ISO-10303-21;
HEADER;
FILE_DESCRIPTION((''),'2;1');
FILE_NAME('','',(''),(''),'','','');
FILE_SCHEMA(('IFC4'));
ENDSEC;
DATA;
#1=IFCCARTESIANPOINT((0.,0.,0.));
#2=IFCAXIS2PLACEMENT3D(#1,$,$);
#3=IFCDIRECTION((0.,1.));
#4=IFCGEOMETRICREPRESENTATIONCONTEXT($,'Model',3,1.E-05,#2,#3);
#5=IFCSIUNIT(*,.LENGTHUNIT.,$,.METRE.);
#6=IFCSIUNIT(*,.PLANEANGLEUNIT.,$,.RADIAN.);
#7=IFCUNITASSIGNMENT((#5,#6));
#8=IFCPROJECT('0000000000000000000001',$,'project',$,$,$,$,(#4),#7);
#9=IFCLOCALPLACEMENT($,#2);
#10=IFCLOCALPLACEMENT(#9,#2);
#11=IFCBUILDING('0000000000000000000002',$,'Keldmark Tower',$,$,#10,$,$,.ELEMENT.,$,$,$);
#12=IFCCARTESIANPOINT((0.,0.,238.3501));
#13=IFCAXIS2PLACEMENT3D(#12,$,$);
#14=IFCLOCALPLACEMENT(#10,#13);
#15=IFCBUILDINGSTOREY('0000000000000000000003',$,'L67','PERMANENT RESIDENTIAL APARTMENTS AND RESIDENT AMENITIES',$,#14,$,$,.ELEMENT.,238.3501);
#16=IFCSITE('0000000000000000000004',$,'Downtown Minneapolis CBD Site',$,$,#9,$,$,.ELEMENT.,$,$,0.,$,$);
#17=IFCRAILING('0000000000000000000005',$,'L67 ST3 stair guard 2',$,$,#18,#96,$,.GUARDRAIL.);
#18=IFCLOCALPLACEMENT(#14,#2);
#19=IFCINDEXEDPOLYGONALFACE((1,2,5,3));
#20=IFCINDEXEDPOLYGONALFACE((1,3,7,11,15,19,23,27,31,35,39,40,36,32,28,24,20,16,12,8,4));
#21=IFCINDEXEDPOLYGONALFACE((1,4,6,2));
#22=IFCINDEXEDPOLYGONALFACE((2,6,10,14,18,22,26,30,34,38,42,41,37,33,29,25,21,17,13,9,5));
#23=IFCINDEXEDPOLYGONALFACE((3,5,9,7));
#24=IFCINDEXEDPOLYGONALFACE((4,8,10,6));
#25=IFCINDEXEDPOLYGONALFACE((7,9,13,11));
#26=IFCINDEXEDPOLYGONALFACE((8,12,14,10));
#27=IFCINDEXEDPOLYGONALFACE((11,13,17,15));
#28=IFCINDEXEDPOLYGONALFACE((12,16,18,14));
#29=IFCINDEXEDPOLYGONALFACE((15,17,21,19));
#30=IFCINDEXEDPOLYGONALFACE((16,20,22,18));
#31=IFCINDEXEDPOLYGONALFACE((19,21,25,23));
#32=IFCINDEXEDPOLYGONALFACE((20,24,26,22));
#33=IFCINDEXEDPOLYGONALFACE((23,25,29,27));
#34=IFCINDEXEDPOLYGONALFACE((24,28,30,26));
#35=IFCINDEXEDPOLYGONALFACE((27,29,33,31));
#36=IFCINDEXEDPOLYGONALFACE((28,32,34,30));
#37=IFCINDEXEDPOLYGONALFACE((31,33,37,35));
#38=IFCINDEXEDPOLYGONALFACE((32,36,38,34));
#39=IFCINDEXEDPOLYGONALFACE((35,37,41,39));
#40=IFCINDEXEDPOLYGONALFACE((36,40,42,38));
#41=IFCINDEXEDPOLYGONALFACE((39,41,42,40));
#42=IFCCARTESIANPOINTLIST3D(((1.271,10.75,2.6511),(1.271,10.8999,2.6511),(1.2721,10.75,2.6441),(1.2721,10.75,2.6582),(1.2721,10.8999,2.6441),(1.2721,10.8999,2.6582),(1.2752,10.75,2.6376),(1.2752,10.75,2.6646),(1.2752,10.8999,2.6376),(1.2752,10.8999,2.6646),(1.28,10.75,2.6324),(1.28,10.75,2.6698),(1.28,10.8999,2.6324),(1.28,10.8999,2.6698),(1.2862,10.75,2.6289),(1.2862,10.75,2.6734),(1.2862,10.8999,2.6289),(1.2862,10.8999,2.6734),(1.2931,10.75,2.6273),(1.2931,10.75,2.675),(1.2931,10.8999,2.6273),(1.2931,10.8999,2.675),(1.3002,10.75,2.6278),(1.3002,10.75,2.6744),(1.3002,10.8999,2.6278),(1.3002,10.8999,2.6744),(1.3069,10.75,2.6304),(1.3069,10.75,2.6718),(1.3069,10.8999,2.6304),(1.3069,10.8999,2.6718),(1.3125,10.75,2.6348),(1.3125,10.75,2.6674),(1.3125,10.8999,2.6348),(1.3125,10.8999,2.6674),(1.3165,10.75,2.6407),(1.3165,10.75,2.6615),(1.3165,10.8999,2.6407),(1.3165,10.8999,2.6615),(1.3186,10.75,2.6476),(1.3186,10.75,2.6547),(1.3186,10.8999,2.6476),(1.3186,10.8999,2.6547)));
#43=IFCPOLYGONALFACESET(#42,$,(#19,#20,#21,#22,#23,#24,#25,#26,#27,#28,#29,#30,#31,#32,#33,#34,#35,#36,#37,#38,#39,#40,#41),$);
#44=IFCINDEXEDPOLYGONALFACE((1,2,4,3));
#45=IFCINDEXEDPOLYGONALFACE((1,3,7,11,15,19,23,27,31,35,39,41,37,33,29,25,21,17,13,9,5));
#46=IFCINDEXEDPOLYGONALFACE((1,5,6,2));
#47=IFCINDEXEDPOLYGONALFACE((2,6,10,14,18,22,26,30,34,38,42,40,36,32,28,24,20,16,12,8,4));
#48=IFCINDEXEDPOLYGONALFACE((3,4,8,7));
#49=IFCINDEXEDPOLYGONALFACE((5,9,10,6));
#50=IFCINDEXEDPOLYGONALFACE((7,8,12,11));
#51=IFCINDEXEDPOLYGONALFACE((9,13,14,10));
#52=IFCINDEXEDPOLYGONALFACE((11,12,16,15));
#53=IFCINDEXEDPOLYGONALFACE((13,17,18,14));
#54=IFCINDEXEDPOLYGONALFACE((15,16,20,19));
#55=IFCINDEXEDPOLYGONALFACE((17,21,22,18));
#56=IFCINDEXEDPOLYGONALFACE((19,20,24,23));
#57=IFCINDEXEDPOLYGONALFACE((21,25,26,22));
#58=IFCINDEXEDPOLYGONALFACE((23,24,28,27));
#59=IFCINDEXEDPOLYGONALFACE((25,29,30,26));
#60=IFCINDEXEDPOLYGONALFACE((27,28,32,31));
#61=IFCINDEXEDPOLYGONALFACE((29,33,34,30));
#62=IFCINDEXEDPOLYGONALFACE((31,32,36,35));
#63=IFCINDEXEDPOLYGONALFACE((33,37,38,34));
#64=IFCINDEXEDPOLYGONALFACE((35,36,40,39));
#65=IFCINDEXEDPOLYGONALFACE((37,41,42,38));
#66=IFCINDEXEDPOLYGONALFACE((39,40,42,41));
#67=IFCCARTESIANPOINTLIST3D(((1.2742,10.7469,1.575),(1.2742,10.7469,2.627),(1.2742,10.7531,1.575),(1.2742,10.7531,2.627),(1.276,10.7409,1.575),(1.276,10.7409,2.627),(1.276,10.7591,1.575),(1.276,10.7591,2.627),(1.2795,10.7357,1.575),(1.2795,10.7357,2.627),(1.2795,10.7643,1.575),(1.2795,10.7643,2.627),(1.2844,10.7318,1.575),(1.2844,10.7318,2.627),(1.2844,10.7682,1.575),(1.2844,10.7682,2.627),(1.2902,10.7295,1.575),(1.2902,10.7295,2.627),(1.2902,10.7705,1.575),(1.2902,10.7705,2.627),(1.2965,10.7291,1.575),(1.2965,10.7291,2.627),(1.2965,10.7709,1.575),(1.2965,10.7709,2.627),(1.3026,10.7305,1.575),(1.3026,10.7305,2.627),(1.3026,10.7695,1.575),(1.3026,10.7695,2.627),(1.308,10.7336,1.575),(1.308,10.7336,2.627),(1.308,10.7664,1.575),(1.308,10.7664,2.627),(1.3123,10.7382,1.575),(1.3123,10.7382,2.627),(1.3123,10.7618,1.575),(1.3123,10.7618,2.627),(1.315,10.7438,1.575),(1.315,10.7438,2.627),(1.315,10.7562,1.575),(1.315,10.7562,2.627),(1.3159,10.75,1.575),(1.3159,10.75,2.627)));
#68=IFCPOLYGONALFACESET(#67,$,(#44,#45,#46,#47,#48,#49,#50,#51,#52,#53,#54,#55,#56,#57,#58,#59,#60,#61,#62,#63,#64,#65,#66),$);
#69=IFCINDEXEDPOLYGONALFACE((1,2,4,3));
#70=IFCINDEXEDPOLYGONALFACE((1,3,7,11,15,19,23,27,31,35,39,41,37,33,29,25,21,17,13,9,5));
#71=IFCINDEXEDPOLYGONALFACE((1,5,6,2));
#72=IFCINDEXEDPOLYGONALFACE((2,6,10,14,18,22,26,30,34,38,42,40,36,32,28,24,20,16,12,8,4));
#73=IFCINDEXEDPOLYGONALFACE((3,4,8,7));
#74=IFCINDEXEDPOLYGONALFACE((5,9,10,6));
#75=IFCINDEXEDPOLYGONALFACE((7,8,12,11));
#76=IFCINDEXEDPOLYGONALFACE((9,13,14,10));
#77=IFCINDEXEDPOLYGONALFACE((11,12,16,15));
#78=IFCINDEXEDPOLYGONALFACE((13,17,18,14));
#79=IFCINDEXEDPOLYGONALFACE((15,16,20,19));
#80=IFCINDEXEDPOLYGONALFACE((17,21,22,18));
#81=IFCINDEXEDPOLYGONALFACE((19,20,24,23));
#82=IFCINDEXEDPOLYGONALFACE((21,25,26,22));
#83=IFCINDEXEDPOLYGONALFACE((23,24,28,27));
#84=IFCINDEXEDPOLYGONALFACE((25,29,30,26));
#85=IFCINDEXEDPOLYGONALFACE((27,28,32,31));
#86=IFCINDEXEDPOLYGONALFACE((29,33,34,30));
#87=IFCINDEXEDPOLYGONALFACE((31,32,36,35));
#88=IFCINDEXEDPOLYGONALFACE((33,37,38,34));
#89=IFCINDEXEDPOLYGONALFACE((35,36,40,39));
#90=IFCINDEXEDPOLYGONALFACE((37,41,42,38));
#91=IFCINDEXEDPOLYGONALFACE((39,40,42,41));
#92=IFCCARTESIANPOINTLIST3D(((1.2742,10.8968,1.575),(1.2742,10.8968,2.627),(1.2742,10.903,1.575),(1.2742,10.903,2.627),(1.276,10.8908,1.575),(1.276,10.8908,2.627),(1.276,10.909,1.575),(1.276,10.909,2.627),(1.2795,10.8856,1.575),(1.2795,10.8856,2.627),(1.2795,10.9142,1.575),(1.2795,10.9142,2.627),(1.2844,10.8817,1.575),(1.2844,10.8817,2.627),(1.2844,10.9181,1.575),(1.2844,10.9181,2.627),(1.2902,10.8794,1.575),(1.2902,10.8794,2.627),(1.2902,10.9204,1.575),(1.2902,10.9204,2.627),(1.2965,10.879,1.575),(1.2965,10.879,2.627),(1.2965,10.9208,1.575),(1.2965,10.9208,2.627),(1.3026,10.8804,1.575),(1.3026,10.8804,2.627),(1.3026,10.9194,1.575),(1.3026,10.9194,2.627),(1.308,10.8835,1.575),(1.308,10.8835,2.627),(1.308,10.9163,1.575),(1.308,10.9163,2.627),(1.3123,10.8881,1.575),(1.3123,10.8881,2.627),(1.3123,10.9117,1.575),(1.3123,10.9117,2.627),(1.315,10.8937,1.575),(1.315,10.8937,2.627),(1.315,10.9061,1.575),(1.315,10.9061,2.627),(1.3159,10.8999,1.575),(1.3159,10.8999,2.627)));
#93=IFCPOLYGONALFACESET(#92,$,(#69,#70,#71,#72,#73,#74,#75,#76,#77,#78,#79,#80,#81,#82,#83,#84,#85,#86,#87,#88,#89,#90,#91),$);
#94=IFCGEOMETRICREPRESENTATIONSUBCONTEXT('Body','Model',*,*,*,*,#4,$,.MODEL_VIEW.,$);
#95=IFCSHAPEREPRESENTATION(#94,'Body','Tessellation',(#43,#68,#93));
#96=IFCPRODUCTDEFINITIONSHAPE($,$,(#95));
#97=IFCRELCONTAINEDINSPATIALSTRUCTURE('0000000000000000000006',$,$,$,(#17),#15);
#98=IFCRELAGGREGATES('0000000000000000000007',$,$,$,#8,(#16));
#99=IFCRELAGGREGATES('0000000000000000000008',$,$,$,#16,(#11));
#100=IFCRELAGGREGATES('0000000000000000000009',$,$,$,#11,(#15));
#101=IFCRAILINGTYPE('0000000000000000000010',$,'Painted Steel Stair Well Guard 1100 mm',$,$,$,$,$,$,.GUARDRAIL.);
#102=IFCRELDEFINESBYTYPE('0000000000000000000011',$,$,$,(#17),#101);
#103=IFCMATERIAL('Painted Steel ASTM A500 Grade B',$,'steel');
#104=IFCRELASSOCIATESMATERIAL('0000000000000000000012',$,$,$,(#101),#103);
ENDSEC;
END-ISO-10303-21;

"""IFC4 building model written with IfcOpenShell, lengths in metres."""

from ifc_helpers import new_model, si_unit, direction, frame, origin, origin_2d, place, context, subcontext, project, spatial, circle, extrude, material, type_object, element, save


model = new_model("IFC4")

# Units and contexts
model_context = context("Model", 3, precision=1e-05, world=origin(), true_north=direction((0.0, 1.0)))
body_context = subcontext(model_context, "Body", "Model", "MODEL_VIEW")
ifc_project = project(units=[si_unit("LENGTHUNIT", "METRE"), si_unit("PLANEANGLEUNIT", "RADIAN")], contexts=[model_context])

# Site, building, storey
site_placement = place(None, origin())
site = spatial("IfcSite", under=ifc_project, at=site_placement, Name="Downtown Minneapolis CBD Site", CompositionType="ELEMENT", RefElevation=0.0)
building_placement = place(site_placement, origin())
building = spatial("IfcBuilding", under=site, at=building_placement, Name="Keldmark Tower", CompositionType="ELEMENT")
storey_placement = place(building_placement, frame((0.0, 0.0, 238.3501)))
storey = spatial("IfcBuildingStorey", under=building, at=storey_placement, Name="L67", Description="PERMANENT RESIDENTIAL APARTMENTS AND RESIDENT AMENITIES", CompositionType="ELEMENT", Elevation=238.3501)

# Railing
ifc_material_1 = material(Name="Painted Steel ASTM A500 Grade B", Category="steel")
railing_type_1 = type_object("IfcRailingType", Name="Painted Steel Stair Well Guard 1100 mm", PredefinedType="GUARDRAIL", material=ifc_material_1)
railing_1_placement = place(storey_placement, frame((1.2949, 10.75, 1.575)))
element("IfcRailing", 1, at=railing_1_placement, inside=storey, type_object=railing_type_1, Name="L67 ST3 stair guard 2", PredefinedType="GUARDRAIL", context=body_context, shape_type="SweptSolid", body=[
    extrude(circle(Radius=0.0239, at=origin_2d()), frame((0.0, 0.0, 1.0762), z_axis=(0.0, 1.0, 0.0), x_axis=(-1.0, 0.0, 0.0)), (0.0, 0.0, 1.0), 0.1499),
    extrude(circle(Radius=0.021, at=origin_2d()), origin(), (0.0, 0.0, 1.0), 1.052),
    extrude(circle(Radius=0.021, at=origin_2d()), frame((0.0, 0.1499, 0.0)), (0.0, 0.0, 1.0), 1.052),
])

save(model, "model.ifc")
